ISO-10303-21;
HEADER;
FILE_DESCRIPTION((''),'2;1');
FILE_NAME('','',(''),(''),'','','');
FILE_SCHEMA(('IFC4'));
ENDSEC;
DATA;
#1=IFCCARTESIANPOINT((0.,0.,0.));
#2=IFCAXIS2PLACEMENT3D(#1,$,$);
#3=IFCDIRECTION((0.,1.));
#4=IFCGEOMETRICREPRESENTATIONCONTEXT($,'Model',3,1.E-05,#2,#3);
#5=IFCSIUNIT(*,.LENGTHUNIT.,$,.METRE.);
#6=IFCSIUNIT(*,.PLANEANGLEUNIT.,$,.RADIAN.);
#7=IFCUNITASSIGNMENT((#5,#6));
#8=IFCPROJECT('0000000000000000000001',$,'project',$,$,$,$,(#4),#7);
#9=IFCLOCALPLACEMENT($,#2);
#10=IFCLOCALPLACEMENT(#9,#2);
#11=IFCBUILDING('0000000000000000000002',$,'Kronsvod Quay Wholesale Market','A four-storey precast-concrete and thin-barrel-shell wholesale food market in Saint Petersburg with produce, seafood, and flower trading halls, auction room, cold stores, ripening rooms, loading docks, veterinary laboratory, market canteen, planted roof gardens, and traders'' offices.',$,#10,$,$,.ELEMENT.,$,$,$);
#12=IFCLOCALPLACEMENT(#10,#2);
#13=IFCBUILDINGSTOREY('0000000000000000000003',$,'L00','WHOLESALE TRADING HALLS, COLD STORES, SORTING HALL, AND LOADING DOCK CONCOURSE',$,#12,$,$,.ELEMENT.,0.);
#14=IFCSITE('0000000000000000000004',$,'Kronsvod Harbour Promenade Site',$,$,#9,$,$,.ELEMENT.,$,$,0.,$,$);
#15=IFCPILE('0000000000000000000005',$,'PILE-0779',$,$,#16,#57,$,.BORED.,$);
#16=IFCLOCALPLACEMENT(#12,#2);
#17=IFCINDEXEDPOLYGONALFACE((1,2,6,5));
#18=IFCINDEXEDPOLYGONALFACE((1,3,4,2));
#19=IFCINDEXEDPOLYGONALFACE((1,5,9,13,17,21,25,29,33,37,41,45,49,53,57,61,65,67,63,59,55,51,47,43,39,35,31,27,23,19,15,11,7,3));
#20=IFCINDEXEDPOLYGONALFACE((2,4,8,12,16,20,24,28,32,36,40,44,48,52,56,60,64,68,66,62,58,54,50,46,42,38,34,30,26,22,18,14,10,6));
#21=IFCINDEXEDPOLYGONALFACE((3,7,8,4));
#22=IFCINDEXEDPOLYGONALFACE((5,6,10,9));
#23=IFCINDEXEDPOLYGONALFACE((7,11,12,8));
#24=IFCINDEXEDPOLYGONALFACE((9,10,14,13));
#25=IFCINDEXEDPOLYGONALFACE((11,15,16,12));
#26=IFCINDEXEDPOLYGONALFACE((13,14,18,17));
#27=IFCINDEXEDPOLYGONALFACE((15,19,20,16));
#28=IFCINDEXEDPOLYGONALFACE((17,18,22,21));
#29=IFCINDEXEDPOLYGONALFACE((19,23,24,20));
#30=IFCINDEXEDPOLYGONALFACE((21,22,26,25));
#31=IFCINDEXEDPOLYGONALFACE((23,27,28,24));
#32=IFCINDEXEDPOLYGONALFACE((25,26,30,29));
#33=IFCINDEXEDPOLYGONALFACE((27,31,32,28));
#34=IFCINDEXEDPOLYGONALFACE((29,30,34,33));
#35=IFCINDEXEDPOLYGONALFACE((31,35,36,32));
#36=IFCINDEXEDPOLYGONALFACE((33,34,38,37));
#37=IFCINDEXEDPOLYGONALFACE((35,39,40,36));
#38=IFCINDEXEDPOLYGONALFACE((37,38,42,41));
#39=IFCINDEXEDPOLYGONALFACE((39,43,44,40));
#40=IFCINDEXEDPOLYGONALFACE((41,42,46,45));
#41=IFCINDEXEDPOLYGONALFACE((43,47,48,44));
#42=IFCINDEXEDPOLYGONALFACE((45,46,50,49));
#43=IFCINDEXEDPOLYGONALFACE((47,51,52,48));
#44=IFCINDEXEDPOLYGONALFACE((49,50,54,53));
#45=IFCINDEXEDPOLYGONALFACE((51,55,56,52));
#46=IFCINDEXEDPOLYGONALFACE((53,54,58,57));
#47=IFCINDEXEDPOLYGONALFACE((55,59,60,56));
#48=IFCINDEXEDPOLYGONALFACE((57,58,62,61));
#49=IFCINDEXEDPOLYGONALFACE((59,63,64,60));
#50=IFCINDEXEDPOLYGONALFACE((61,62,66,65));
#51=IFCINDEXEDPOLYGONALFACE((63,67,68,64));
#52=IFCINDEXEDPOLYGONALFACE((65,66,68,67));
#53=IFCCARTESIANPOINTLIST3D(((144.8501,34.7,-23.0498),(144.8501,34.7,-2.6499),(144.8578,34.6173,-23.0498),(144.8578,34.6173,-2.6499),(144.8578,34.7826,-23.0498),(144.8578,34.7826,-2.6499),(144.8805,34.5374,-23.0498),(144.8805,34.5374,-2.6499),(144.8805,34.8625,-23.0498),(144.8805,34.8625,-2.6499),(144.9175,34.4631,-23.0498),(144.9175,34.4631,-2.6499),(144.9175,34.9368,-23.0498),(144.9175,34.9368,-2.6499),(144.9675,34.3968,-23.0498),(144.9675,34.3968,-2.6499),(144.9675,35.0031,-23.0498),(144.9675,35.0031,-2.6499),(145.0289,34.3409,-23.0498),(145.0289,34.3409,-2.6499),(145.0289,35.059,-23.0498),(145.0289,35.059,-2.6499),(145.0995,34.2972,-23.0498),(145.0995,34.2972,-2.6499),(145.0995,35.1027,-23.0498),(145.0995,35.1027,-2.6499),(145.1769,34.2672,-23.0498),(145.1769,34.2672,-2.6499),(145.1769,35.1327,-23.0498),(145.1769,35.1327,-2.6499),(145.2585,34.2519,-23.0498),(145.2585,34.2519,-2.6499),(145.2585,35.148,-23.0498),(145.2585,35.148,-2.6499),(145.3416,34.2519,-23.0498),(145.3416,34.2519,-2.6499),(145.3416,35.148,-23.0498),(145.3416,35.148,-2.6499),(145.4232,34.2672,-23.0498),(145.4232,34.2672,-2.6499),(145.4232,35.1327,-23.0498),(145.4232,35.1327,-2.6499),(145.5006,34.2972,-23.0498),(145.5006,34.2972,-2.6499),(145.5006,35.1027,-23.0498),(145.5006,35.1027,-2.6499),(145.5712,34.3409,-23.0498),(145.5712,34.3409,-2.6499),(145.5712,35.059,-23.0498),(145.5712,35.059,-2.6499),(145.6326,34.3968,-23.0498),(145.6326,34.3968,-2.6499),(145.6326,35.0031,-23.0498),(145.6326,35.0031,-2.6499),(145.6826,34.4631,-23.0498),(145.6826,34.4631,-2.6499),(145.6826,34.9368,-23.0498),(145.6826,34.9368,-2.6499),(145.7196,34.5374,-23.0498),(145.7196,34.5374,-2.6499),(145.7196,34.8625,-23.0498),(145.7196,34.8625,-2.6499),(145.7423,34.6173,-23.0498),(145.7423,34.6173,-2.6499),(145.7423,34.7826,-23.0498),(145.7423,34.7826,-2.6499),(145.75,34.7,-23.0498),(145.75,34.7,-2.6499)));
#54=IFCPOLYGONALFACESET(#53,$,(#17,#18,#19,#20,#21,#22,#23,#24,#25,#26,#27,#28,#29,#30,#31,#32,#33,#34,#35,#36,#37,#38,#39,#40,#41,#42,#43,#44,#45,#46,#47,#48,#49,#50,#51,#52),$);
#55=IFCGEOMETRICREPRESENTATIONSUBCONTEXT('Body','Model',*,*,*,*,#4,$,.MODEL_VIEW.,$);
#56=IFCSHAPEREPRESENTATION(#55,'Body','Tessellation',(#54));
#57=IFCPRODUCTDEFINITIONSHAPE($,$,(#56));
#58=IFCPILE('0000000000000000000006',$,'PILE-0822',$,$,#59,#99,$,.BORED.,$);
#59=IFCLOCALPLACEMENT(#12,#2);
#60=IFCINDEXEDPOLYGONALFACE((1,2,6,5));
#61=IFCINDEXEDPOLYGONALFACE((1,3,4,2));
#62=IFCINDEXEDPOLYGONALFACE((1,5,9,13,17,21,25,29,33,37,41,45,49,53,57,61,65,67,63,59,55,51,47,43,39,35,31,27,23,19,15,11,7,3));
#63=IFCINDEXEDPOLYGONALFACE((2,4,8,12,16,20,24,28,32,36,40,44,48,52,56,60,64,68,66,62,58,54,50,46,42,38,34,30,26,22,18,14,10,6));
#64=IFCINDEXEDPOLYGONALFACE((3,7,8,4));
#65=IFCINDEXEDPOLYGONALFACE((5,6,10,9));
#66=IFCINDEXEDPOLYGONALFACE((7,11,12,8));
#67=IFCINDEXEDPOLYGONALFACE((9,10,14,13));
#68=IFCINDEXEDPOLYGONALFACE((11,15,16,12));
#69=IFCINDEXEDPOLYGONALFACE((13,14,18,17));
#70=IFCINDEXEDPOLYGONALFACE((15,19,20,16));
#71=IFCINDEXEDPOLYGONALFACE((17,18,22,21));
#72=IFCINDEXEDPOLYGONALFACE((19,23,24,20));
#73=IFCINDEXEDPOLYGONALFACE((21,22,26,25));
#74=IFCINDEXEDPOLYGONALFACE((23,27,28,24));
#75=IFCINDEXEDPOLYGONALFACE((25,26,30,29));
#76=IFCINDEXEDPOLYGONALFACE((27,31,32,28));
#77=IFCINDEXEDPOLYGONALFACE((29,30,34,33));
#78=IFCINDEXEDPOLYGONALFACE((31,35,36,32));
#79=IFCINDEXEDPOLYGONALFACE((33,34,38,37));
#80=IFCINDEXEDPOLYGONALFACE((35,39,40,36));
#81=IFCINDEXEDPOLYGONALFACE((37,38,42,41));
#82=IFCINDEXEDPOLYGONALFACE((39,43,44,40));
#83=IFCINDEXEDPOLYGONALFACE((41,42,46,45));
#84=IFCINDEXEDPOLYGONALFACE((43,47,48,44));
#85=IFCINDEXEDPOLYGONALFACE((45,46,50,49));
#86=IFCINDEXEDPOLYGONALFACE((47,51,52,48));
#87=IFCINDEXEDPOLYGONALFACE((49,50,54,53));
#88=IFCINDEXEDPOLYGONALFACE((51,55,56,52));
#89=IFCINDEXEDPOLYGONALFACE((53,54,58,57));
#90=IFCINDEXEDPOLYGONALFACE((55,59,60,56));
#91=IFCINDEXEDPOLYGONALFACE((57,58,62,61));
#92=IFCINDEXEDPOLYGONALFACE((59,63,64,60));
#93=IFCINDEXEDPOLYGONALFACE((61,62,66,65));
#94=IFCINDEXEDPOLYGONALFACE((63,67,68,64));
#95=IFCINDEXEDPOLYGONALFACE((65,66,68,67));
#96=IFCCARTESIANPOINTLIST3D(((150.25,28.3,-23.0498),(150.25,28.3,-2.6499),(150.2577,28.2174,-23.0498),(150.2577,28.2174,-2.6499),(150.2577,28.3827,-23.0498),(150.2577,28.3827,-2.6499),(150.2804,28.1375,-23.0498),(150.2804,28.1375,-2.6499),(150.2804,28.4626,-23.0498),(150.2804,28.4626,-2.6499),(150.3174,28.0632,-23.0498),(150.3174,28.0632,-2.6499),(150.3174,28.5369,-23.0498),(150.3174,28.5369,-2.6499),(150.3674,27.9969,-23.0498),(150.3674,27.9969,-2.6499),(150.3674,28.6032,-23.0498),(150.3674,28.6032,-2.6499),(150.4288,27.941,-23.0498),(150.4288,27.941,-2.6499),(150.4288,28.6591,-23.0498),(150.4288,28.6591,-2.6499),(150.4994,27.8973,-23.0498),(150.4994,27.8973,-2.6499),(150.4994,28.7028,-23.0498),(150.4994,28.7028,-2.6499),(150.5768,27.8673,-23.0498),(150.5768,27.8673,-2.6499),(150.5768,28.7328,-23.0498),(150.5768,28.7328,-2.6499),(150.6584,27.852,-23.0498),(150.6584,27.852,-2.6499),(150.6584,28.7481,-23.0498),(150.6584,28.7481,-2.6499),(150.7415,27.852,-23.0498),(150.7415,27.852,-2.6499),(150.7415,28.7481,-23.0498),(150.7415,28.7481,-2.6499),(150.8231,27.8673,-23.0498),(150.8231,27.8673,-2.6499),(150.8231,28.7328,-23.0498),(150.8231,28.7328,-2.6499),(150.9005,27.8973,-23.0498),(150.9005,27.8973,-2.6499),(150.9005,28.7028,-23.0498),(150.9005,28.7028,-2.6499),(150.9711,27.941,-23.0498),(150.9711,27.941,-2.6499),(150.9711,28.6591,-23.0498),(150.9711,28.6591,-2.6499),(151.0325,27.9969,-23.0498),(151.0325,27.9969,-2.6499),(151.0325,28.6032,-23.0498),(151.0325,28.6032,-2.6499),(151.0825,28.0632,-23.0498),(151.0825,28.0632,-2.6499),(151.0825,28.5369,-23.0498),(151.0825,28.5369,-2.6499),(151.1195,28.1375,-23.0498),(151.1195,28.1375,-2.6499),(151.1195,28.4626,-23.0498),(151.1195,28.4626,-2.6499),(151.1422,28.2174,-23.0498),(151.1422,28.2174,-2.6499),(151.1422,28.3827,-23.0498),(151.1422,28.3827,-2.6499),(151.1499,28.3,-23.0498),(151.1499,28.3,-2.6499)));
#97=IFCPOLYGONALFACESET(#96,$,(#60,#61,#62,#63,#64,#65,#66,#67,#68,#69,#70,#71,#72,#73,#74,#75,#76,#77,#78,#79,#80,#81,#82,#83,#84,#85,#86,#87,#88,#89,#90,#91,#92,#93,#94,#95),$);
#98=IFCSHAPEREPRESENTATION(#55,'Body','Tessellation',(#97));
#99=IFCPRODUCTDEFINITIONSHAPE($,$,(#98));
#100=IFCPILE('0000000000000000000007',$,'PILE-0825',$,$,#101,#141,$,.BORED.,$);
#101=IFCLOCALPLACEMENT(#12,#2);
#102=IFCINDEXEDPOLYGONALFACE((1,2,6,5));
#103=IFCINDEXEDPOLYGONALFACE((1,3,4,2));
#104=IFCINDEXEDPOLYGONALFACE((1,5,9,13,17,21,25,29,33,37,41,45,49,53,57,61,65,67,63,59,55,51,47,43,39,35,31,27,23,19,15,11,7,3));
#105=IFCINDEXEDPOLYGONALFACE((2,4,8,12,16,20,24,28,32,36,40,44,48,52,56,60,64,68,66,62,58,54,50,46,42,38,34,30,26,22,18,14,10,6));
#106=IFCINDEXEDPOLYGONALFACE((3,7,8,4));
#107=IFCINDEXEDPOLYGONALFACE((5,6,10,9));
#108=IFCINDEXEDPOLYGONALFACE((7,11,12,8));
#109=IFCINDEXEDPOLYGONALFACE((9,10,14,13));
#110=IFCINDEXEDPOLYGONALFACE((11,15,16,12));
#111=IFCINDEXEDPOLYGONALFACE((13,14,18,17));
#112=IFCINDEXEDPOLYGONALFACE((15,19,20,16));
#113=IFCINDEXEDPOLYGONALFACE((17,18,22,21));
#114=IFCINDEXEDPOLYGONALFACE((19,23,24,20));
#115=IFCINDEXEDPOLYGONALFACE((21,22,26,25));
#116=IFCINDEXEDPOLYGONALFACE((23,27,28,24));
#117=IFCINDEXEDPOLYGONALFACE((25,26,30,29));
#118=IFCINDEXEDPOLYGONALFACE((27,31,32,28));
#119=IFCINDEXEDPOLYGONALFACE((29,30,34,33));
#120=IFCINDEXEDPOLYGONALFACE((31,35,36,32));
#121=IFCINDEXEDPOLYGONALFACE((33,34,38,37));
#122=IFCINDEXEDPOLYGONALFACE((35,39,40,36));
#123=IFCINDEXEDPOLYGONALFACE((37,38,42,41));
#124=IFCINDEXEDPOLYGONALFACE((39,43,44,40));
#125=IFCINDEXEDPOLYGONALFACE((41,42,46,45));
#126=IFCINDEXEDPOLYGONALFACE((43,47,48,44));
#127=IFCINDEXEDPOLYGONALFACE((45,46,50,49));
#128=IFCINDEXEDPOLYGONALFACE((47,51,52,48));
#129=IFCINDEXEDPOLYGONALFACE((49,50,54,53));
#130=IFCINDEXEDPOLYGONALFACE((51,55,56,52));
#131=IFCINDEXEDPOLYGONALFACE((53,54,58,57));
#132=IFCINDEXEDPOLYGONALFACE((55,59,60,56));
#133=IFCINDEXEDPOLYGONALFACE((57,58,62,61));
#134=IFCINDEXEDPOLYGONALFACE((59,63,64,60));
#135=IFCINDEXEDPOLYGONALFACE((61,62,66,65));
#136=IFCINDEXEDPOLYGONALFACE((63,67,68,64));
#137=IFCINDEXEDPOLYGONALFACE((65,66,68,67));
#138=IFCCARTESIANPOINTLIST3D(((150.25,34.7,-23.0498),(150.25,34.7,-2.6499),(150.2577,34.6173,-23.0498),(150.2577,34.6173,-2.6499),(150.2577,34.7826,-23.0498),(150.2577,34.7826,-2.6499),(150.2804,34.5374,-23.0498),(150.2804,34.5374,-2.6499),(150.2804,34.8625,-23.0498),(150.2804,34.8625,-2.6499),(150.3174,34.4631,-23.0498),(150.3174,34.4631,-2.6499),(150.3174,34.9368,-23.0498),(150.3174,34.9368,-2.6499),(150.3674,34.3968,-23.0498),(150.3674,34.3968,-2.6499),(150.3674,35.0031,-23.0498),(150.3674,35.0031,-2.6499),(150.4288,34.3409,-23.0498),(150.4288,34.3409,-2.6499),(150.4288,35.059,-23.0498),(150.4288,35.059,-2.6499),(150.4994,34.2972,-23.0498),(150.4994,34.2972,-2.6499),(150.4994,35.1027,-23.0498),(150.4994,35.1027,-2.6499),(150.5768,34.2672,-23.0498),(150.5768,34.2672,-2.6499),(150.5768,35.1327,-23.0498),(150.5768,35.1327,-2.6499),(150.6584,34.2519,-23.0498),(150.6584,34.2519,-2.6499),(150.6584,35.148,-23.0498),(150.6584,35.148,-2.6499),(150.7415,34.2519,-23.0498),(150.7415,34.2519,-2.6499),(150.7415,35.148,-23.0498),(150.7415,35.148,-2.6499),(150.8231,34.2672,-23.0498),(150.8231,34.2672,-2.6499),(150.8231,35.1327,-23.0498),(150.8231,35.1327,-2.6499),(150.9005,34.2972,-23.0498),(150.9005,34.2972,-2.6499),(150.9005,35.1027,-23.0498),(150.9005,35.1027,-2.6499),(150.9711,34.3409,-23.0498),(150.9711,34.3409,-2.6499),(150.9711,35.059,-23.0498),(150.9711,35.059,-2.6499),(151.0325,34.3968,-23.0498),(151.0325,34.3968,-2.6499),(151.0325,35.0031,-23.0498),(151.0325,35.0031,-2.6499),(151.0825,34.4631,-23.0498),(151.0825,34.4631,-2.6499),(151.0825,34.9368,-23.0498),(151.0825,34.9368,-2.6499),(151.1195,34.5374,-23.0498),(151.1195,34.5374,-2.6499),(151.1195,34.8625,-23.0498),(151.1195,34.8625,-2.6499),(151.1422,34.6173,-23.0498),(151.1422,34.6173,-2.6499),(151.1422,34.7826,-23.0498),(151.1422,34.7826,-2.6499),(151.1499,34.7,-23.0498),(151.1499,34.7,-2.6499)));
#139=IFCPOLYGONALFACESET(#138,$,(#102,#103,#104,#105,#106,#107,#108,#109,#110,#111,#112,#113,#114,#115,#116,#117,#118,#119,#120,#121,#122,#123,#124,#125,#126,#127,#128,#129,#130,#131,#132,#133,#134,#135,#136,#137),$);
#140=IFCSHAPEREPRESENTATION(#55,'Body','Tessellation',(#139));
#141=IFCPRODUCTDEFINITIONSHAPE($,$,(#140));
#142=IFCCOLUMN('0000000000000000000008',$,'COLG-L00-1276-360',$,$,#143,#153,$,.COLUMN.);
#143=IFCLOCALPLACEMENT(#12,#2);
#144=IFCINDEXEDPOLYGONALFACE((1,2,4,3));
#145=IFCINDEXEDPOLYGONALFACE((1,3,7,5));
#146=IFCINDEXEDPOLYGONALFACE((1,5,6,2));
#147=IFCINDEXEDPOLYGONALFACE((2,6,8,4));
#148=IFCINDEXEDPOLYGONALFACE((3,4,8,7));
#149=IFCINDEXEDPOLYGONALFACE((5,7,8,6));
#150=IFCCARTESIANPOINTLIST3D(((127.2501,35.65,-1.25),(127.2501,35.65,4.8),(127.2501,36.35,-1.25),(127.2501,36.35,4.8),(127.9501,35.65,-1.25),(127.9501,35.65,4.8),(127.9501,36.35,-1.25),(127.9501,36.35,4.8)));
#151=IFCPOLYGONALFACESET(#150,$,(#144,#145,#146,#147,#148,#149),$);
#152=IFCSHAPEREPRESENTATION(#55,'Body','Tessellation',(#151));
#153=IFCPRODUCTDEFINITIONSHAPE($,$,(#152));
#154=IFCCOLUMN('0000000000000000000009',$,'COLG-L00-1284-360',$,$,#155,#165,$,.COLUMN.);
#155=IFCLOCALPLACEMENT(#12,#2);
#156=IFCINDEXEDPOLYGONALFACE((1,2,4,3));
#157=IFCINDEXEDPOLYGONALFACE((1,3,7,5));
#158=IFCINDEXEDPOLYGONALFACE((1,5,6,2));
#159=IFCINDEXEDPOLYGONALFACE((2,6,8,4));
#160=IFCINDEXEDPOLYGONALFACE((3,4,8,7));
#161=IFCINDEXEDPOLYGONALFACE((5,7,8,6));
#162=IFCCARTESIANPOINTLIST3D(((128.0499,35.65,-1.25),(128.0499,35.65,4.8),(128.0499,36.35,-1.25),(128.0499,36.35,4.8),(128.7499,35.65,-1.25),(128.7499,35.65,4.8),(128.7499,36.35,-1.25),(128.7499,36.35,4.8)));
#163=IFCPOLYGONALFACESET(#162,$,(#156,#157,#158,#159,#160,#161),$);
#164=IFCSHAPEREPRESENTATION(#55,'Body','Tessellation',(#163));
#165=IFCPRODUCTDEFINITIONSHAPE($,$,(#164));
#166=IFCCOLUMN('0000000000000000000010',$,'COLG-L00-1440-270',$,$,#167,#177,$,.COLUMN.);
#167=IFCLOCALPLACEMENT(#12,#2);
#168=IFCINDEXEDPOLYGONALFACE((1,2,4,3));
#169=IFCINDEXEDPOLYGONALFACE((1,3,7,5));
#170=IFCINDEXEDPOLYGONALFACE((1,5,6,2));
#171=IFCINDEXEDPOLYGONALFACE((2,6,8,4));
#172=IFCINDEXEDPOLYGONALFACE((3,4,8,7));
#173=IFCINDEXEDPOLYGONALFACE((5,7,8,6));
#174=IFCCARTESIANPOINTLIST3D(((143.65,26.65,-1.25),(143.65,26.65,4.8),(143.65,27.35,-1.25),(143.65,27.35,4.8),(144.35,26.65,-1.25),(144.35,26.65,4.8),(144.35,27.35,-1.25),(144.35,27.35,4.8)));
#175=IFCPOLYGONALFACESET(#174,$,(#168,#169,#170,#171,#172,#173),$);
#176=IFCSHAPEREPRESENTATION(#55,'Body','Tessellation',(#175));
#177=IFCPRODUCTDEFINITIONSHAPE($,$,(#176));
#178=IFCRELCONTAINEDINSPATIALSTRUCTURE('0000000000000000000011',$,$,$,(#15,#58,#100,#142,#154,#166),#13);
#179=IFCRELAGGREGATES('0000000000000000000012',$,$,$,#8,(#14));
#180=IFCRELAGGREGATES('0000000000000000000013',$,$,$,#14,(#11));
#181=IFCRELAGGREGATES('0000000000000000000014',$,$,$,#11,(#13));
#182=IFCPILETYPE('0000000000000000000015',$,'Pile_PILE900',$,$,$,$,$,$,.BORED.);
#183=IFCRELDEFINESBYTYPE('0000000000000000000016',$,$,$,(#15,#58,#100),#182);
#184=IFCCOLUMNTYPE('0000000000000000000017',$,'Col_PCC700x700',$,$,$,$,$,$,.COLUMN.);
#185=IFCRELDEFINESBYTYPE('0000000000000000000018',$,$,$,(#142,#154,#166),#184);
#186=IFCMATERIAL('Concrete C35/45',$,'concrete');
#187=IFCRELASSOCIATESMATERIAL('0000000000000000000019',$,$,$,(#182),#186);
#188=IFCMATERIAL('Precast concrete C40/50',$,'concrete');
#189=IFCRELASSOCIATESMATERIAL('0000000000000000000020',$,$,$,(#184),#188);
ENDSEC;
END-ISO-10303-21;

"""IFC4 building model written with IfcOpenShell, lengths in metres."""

from ifc_helpers import new_model, si_unit, direction, frame, origin, origin_2d, place, context, subcontext, project, spatial, rectangle, circle, extrude, material, material_profile, profile_set, type_object, element, save


model = new_model("IFC4")

# Units and contexts
model_context = context("Model", 3, precision=1e-05, world=origin(), true_north=direction((0.0, 1.0)))
body_context = subcontext(model_context, "Body", "Model", "MODEL_VIEW")
ifc_project = project(units=[si_unit("LENGTHUNIT", "METRE"), si_unit("PLANEANGLEUNIT", "RADIAN")], contexts=[model_context])

# Site, building, storey
site_placement = place(None, origin())
site = spatial("IfcSite", under=ifc_project, at=site_placement, Name="Kronsvod Harbour Promenade Site", CompositionType="ELEMENT", RefElevation=0.0)
building_placement = place(site_placement, origin())
building = spatial("IfcBuilding", under=site, at=building_placement, Name="Kronsvod Quay Wholesale Market", Description="A four-storey precast-concrete and thin-barrel-shell wholesale food market in Saint Petersburg with produce, seafood, and flower trading halls, auction room, cold stores, ripening rooms, loading docks, veterinary laboratory, market canteen, planted roof gardens, and traders' offices.", CompositionType="ELEMENT")
storey_placement = place(building_placement, origin())
storey = spatial("IfcBuildingStorey", under=building, at=storey_placement, Name="L00", Description="WHOLESALE TRADING HALLS, COLD STORES, SORTING HALL, AND LOADING DOCK CONCOURSE", CompositionType="ELEMENT", Elevation=0.0)

# Piles
ifc_material_1 = material(Name="Concrete C35/45", Category="concrete")
ifc_material_profile_1 = material_profile(ifc_material_1, circle(Radius=0.45, at=origin_2d()), Name="PILE900")
ifc_profile_set_1 = profile_set([ifc_material_profile_1], Name="Concrete C35/45")
pile_type_1 = type_object("IfcPileType", Name="Pile_PILE900", PredefinedType="BORED", material=ifc_profile_set_1)
for number, where, z_axis, x_axis, name in (
    (1, (145.3, 34.7, -2.6499), (0.0, 0.0, -1.0), (1.0, 0.0, 0.0), "PILE-0779"),
    (2, (150.7, 28.3, -2.6499), (0.0, 0.0, -1.0), (1.0, 0.0, 0.0), "PILE-0822"),
    (3, (150.7, 34.7, -2.6499), (0.0, 0.0, -1.0), (1.0, 0.0, 0.0), "PILE-0825"),
):
    element("IfcPile", number, at=place(storey_placement, frame(where, z_axis=z_axis, x_axis=x_axis)), inside=storey, type_object=pile_type_1, Name=name, PredefinedType="BORED", context=body_context, shape_type="SweptSolid", body=[
        extrude(circle(Radius=0.45, at=origin_2d()), origin(), (0.0, 0.0, 1.0), 20.3999),
    ])

# Columns
ifc_material_2 = material(Name="Precast concrete C40/50", Category="concrete")
ifc_material_profile_2 = material_profile(ifc_material_2, rectangle(XDim=0.7, YDim=0.7, at=origin_2d()), Name="PCC700x700")
ifc_profile_set_2 = profile_set([ifc_material_profile_2], Name="Precast concrete C40/50")
column_type = type_object("IfcColumnType", Name="Col_PCC700x700", PredefinedType="COLUMN", material=ifc_profile_set_2)
for number, where, z_axis, x_axis, name in (
    (4, (127.6001, 36.0, -1.25), (0.0, 0.0, 1.0), (1.0, 0.0, 0.0), "COLG-L00-1276-360"),
    (5, (128.3999, 36.0, -1.25), (0.0, 0.0, 1.0), (1.0, 0.0, 0.0), "COLG-L00-1284-360"),
    (6, (144.0, 27.0, -1.25), (0.0, 0.0, 1.0), (1.0, 0.0, 0.0), "COLG-L00-1440-270"),
):
    element("IfcColumn", number, at=place(storey_placement, frame(where, z_axis=z_axis, x_axis=x_axis)), inside=storey, type_object=column_type, Name=name, PredefinedType="COLUMN", context=body_context, shape_type="SweptSolid", body=[
        extrude(rectangle(XDim=0.7, YDim=0.7, at=origin_2d()), origin(), (0.0, 0.0, 1.0), 6.05),
    ])

save(model, "model.ifc")
